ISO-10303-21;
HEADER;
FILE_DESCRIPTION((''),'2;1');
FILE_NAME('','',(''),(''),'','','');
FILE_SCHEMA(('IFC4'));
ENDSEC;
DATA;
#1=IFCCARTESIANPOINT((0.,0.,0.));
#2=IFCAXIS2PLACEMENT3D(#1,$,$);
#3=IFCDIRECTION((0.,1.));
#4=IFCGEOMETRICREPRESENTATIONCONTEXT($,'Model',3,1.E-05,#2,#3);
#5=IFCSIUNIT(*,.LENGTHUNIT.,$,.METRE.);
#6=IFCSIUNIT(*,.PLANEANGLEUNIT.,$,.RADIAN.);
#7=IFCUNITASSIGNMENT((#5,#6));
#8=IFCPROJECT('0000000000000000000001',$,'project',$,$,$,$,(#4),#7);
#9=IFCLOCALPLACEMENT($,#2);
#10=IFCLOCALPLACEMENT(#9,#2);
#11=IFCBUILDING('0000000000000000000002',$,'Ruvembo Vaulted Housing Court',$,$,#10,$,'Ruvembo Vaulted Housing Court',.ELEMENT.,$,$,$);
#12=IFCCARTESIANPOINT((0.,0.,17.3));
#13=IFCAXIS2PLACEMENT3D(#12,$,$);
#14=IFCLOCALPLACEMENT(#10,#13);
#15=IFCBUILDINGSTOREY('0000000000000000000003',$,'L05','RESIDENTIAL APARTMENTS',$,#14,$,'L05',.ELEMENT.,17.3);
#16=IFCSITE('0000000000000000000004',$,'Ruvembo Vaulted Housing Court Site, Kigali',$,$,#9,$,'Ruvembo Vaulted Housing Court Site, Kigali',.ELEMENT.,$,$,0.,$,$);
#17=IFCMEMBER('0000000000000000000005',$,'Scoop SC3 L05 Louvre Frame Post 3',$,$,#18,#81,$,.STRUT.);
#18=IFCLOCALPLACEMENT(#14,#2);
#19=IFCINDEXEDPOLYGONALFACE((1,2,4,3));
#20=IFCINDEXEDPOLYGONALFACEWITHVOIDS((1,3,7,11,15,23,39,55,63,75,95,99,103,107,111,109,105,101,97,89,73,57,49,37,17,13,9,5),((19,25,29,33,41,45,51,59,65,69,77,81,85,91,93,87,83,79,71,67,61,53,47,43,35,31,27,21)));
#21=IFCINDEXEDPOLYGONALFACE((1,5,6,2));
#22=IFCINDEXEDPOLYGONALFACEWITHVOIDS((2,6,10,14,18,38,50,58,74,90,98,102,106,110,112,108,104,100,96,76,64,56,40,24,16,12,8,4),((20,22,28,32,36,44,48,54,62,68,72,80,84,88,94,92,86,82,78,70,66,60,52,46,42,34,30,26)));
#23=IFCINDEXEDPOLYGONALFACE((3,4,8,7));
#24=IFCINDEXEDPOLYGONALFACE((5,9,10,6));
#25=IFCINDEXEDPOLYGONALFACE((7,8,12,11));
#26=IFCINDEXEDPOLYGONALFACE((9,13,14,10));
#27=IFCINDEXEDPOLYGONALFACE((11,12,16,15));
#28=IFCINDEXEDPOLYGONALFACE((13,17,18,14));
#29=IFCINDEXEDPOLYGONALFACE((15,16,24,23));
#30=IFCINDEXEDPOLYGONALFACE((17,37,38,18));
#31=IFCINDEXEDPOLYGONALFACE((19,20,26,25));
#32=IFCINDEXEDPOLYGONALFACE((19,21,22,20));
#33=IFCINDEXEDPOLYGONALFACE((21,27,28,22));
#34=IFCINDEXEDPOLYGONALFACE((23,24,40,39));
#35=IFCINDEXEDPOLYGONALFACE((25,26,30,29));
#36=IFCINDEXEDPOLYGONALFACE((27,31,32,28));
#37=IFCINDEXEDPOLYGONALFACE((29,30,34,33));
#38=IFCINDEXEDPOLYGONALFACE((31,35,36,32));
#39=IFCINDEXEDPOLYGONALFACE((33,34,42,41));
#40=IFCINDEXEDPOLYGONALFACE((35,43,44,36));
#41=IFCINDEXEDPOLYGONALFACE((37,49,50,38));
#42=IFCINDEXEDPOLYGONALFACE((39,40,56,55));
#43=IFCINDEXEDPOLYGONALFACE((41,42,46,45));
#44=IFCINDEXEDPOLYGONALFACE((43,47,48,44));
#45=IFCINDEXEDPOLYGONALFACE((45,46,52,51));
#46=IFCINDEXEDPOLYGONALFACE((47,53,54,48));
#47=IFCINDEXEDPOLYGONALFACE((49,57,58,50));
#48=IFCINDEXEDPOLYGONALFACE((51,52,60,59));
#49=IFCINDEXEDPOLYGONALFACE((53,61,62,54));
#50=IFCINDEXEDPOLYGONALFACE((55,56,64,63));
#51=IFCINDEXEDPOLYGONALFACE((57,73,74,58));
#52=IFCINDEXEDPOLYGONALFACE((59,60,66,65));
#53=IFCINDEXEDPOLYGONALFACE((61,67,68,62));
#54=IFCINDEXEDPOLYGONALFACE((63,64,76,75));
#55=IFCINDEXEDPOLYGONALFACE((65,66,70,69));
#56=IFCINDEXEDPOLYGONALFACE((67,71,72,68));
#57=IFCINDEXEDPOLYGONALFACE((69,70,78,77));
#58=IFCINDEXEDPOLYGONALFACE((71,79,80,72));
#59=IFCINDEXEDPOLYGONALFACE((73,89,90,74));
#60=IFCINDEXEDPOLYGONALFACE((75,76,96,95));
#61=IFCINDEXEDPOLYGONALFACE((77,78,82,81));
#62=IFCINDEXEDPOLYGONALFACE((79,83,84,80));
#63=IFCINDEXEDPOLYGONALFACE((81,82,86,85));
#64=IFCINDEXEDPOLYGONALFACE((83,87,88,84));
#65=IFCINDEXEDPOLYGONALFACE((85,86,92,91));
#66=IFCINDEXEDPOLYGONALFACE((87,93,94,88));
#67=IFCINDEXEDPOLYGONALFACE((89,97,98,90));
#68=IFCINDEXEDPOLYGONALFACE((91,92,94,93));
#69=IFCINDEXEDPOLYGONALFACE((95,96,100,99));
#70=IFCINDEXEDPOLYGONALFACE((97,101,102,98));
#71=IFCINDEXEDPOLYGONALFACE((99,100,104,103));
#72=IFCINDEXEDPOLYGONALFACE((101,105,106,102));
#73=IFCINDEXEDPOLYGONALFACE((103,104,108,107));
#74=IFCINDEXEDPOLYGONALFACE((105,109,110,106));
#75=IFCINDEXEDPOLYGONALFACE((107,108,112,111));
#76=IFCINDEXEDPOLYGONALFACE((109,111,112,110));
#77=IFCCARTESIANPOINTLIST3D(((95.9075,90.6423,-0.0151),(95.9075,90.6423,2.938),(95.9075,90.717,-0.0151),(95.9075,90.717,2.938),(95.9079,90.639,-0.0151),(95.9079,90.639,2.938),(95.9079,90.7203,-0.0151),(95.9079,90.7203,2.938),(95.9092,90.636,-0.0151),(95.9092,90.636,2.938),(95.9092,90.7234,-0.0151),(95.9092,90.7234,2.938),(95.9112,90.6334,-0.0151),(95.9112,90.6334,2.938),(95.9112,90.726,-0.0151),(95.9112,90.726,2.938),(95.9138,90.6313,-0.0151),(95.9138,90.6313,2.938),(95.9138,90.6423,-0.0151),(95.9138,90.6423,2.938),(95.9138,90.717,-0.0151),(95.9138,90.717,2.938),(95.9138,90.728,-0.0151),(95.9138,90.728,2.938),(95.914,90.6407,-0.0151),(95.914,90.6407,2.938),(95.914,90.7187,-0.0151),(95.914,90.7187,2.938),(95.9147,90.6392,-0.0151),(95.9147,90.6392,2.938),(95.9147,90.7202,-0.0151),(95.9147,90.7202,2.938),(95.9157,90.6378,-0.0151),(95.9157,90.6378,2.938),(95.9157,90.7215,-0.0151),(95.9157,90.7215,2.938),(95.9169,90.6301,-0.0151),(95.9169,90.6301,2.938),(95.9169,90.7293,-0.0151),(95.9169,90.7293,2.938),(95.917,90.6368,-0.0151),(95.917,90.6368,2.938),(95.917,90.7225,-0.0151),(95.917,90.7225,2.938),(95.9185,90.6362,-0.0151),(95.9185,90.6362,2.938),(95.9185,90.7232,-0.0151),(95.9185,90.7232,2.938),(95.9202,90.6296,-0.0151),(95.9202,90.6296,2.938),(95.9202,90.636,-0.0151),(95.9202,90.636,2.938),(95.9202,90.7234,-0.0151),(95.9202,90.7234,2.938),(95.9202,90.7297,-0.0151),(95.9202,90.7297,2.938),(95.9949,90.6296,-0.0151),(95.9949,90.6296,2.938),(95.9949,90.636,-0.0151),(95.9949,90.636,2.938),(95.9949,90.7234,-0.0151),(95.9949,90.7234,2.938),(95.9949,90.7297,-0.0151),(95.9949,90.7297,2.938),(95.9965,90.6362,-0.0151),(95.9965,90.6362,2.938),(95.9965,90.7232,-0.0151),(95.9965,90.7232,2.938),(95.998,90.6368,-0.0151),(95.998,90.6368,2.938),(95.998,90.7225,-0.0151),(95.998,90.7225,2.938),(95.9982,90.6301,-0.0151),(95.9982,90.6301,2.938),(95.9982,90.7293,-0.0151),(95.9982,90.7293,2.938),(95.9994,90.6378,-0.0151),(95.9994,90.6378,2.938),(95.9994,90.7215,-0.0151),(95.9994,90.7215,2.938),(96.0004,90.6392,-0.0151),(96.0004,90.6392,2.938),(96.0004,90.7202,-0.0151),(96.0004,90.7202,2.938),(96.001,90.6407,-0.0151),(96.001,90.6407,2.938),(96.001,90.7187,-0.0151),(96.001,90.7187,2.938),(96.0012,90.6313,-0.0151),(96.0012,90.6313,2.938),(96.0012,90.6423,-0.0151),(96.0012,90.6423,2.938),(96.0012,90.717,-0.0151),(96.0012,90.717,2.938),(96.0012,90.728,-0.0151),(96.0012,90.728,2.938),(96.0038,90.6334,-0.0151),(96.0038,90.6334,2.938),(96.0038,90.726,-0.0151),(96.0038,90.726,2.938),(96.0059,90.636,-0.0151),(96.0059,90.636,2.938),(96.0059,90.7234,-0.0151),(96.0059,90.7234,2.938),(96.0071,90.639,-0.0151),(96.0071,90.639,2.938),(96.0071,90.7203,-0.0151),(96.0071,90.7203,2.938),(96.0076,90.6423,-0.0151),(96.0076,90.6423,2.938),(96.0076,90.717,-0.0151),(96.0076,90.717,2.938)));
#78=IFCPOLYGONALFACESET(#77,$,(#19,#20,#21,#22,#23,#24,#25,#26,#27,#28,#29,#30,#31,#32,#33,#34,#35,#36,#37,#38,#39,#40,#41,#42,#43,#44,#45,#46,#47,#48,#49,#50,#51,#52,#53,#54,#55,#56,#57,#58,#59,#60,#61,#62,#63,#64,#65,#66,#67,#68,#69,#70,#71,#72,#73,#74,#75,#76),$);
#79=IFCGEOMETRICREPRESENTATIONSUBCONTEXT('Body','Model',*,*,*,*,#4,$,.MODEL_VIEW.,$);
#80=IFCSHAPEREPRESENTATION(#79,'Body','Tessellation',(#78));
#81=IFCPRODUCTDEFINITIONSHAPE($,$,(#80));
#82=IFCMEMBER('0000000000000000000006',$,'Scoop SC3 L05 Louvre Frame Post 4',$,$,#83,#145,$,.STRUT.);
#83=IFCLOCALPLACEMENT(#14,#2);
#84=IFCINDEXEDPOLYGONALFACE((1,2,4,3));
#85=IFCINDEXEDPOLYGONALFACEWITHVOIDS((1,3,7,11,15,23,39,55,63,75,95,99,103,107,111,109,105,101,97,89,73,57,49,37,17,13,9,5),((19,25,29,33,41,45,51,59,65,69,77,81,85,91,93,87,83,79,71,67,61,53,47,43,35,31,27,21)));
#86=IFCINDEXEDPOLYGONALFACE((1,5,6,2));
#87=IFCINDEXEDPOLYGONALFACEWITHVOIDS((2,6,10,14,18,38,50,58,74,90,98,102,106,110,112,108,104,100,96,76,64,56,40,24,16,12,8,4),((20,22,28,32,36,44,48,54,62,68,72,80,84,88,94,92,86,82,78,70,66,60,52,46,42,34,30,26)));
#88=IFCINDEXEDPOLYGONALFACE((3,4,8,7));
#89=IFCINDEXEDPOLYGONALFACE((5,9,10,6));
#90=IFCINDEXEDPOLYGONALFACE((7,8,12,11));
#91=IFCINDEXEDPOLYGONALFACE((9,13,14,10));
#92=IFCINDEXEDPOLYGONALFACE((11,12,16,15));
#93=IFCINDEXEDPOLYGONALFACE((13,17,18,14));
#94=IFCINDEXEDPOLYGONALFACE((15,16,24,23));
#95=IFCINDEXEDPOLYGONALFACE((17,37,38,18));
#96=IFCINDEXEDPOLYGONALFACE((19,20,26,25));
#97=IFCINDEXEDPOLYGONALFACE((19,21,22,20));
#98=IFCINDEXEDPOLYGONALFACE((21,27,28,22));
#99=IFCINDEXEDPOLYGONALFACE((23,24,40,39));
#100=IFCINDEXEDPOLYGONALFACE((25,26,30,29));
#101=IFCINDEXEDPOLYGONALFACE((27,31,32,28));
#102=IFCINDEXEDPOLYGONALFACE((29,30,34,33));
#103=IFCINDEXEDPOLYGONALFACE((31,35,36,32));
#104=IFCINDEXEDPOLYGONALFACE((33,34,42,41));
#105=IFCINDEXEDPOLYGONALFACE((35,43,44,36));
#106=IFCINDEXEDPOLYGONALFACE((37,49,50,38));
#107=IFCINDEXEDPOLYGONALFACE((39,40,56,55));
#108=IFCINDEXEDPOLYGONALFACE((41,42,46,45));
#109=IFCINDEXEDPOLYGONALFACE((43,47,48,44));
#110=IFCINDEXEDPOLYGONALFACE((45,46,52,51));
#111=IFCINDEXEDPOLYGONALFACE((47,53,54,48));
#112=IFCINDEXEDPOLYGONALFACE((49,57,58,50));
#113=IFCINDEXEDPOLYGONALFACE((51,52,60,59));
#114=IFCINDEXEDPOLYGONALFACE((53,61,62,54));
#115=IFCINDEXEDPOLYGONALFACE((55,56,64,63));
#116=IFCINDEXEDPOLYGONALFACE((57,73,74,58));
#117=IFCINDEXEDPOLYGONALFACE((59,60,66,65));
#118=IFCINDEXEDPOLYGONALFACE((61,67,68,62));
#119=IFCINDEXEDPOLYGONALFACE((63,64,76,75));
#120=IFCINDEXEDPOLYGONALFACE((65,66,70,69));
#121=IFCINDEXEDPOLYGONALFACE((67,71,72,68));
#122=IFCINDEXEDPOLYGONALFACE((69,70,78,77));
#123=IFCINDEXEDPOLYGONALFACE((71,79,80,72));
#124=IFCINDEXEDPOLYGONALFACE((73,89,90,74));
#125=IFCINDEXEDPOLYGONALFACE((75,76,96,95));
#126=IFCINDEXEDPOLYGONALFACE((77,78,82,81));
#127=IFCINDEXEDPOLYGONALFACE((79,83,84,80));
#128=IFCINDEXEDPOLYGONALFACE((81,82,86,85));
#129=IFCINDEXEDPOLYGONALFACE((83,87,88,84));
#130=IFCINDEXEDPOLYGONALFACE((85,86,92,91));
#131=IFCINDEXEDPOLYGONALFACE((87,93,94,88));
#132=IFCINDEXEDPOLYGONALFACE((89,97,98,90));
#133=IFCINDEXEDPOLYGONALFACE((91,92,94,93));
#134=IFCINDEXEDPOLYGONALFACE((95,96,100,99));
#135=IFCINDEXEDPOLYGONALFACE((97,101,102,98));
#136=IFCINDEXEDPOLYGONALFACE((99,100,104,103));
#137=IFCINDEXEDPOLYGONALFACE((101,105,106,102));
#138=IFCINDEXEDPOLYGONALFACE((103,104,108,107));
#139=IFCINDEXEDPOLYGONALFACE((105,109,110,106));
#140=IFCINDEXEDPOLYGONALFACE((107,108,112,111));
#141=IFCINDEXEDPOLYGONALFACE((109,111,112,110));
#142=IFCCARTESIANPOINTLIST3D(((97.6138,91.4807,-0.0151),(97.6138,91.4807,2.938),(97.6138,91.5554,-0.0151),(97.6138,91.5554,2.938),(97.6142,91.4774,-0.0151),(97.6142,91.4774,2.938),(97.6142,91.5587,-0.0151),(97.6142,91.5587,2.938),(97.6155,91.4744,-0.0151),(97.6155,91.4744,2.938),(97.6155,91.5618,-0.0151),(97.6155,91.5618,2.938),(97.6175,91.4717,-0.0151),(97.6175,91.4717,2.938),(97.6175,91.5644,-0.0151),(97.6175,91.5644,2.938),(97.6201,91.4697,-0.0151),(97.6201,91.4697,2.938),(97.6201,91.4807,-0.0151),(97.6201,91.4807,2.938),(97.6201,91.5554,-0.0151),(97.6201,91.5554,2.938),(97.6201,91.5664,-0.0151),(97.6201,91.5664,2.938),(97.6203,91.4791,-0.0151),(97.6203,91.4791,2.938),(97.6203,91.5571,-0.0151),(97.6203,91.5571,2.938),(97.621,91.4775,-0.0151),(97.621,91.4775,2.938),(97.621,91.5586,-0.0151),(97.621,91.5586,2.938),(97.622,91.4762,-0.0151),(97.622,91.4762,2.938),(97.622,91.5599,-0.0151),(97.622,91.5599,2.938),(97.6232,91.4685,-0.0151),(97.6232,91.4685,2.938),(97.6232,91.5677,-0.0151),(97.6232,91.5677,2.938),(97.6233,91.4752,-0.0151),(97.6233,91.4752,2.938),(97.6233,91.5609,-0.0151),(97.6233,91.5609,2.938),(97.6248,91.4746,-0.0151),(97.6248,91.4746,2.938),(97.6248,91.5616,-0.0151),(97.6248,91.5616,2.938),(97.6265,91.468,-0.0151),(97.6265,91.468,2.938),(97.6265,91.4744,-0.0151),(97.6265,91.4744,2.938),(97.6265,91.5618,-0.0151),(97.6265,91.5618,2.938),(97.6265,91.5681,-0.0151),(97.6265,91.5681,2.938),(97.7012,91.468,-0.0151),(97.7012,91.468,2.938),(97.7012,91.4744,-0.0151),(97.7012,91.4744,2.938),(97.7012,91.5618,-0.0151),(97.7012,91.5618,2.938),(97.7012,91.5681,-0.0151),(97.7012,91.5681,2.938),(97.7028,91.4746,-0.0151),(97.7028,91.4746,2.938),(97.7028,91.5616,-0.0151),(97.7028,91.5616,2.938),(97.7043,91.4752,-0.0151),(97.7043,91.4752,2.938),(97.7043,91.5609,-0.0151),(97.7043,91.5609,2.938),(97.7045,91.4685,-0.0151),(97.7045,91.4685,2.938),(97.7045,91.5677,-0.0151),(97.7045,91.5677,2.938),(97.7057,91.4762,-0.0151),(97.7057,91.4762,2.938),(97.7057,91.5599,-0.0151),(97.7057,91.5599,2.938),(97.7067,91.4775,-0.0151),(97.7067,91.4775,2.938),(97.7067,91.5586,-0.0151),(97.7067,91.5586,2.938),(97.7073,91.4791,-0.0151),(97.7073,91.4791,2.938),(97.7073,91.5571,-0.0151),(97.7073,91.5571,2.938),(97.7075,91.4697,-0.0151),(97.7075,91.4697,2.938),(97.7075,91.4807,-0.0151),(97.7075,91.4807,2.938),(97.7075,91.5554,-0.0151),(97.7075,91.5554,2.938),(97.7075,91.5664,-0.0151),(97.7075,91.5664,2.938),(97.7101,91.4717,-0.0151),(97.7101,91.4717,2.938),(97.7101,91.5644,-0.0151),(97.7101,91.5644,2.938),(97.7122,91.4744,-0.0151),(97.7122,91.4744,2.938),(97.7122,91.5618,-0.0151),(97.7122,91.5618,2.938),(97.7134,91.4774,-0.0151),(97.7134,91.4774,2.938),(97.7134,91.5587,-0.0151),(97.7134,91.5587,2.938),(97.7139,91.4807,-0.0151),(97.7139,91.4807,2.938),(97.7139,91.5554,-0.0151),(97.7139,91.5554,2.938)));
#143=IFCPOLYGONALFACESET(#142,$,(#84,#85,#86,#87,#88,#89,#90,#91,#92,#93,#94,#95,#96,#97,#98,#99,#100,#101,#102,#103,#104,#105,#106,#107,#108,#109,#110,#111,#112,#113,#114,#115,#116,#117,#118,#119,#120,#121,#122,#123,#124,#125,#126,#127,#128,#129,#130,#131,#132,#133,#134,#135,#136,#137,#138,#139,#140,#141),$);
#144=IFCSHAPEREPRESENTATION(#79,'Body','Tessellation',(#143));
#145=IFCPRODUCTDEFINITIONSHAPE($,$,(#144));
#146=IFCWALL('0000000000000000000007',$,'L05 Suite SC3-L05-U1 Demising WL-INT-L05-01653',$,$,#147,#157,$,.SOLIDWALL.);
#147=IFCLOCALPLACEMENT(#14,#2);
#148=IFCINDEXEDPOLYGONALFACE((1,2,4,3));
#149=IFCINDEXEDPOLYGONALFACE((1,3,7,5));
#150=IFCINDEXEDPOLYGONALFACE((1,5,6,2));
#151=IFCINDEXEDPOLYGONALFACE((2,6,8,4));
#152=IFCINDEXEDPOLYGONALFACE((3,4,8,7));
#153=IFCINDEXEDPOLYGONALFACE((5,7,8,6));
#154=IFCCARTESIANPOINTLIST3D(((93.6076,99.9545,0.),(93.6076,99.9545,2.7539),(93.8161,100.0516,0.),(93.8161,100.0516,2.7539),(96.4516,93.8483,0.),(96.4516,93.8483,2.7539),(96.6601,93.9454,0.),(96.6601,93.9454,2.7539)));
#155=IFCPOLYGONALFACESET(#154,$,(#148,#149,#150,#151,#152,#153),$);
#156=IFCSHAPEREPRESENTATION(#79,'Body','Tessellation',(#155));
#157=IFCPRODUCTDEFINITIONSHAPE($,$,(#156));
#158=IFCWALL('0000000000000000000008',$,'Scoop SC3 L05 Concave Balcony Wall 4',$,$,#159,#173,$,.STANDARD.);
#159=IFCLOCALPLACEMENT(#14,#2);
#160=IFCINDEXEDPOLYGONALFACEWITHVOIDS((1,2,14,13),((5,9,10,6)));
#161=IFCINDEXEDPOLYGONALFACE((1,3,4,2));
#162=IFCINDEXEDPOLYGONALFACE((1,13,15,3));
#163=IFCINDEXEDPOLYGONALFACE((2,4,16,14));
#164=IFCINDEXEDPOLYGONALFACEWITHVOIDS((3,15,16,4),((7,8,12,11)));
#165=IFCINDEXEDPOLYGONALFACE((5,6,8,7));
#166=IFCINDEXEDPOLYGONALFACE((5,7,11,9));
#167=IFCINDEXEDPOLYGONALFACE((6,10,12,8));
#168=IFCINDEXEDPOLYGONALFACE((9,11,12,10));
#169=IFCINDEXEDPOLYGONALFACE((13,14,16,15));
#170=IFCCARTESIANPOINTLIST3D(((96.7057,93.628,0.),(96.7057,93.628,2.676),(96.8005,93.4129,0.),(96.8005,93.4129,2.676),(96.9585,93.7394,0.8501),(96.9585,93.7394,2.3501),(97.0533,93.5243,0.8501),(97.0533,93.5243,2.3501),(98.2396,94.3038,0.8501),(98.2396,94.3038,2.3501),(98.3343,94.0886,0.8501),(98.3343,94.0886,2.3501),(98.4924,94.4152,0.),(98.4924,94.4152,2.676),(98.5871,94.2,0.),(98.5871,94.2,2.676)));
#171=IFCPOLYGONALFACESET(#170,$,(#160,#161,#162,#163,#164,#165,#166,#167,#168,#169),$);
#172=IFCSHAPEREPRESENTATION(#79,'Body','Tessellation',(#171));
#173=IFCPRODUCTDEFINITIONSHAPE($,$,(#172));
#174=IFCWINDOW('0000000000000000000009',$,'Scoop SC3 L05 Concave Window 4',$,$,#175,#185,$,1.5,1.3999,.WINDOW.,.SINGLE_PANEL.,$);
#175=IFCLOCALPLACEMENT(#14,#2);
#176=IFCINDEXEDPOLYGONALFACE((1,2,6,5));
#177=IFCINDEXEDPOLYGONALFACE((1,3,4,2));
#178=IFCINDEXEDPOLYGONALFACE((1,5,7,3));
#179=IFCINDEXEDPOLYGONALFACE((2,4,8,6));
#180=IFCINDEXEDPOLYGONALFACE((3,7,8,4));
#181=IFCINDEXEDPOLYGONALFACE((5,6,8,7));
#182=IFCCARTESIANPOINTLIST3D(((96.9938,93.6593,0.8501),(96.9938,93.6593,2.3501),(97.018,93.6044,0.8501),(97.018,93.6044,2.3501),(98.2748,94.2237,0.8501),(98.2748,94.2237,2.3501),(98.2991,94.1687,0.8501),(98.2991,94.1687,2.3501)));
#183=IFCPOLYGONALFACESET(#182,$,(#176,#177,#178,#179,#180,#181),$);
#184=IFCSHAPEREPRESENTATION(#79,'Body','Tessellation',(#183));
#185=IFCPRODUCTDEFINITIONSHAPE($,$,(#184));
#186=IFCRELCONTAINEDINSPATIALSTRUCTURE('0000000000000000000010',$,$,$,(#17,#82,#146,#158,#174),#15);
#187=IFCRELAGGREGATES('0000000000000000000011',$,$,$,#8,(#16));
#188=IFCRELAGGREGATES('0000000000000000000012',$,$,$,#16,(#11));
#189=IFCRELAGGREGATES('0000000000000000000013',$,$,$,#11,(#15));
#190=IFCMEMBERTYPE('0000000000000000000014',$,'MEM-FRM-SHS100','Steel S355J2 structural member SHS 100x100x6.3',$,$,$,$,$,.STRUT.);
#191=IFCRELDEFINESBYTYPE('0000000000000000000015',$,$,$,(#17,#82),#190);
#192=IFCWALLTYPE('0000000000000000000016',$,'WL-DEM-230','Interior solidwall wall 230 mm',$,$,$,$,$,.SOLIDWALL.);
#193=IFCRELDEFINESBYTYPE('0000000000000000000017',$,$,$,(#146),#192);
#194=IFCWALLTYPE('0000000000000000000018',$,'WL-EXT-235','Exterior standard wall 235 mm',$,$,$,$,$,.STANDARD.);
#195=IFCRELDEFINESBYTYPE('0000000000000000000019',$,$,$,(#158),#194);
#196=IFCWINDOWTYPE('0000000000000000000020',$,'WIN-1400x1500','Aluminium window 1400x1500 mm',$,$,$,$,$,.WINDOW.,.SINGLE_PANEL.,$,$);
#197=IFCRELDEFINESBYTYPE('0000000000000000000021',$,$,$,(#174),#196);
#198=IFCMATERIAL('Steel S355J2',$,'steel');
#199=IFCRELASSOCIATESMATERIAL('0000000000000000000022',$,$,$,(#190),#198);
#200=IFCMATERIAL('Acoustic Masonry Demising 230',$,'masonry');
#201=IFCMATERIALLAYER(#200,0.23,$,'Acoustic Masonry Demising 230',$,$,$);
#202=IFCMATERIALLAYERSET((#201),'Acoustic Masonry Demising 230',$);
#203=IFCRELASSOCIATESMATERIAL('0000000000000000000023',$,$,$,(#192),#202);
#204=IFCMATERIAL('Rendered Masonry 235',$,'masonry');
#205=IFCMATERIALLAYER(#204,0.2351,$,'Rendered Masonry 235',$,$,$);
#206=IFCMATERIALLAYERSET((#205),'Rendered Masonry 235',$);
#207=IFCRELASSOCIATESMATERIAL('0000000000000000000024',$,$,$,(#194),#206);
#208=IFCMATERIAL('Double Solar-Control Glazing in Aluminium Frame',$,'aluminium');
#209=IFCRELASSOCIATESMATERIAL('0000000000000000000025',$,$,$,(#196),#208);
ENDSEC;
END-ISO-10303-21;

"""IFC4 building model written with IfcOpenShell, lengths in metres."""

from ifc_helpers import new_model, si_unit, direction, frame, frame_2d, origin, origin_2d, place, context, subcontext, project, spatial, rectangle, hollow_rectangle, extrude, material, layer, layer_set, material_profile, profile_set, type_object, element, fill, save


model = new_model("IFC4")

# Units and contexts
model_context = context("Model", 3, precision=1e-05, world=origin(), true_north=direction((0.0, 1.0)))
body_context = subcontext(model_context, "Body", "Model", "MODEL_VIEW")
ifc_project = project(units=[si_unit("LENGTHUNIT", "METRE"), si_unit("PLANEANGLEUNIT", "RADIAN")], contexts=[model_context])

# Site, building, storey
site_placement = place(None, origin())
site = spatial("IfcSite", under=ifc_project, at=site_placement, Name="Ruvembo Vaulted Housing Court Site, Kigali", LongName="Ruvembo Vaulted Housing Court Site, Kigali", CompositionType="ELEMENT", RefElevation=0.0)
building_placement = place(site_placement, origin())
building = spatial("IfcBuilding", under=site, at=building_placement, Name="Ruvembo Vaulted Housing Court", LongName="Ruvembo Vaulted Housing Court", CompositionType="ELEMENT")
storey_placement = place(building_placement, frame((0.0, 0.0, 17.3)))
storey = spatial("IfcBuildingStorey", under=building, at=storey_placement, Name="L05", Description="RESIDENTIAL APARTMENTS", LongName="L05", CompositionType="ELEMENT", Elevation=17.3)

# Shared definitions
ifc_material_1 = material(Name="Steel S355J2", Category="steel")

# Members
ifc_material_profile_1 = material_profile(ifc_material_1, hollow_rectangle(XDim=0.1001, YDim=0.1001, WallThickness=0.0063, InnerFilletRadius=0.0063, OuterFilletRadius=0.0127, at=origin_2d()), Name="SHS 100x100x6.3")
ifc_profile_set_1 = profile_set([ifc_material_profile_1], Name="Steel S355J2")
member_type_1 = type_object("IfcMemberType", Name="MEM-FRM-SHS100", Description="Steel S355J2 structural member SHS 100x100x6.3", PredefinedType="STRUT", material=ifc_profile_set_1)
for number, where, z_axis, x_axis, name in (
    (1, (95.9575, 90.6797, -0.0151), (0.0, 0.0, 1.0), (1.0, 0.0, 0.0), "Scoop SC3 L05 Louvre Frame Post 3"),
    (2, (97.6638, 91.5181, -0.0151), (0.0, 0.0, 1.0), (1.0, 0.0, 0.0), "Scoop SC3 L05 Louvre Frame Post 4"),
):
    element("IfcMember", number, at=place(storey_placement, frame(where, z_axis=z_axis, x_axis=x_axis)), inside=storey, type_object=member_type_1, Name=name, PredefinedType="STRUT", context=body_context, shape_type="SweptSolid", body=[
        extrude(hollow_rectangle(XDim=0.1001, YDim=0.1001, WallThickness=0.0063, InnerFilletRadius=0.0063, OuterFilletRadius=0.0127, at=origin_2d()), origin(), (0.0, 0.0, 1.0), 2.9531),
    ])

# Wall
ifc_material_2 = material(Name="Acoustic Masonry Demising 230", Category="masonry")
ifc_layer_1 = layer(ifc_material_2, 0.23, Name="Acoustic Masonry Demising 230")
ifc_layer_set_1 = layer_set([ifc_layer_1], Name="Acoustic Masonry Demising 230")
wall_type_1 = type_object("IfcWallType", Name="WL-DEM-230", Description="Interior solidwall wall 230 mm", PredefinedType="SOLIDWALL", material=ifc_layer_set_1)
wall_1_placement = place(storey_placement, frame((96.5559, 93.8967, 0.0), z_axis=(0.0, 0.0, 1.0), x_axis=(-0.422207, 0.9065, 0.0)))
element("IfcWall", 3, at=wall_1_placement, inside=storey, type_object=wall_type_1, Name="L05 Suite SC3-L05-U1 Demising WL-INT-L05-01653", PredefinedType="SOLIDWALL", context=body_context, shape_type="SweptSolid", body=[
    extrude(rectangle(XDim=6.7361, YDim=0.23, at=frame_2d((3.3682, 0.0))), origin(), (0.0, 0.0, 1.0), 2.7539),
])

# Shared definitions
ifc_material_3 = material(Name="Rendered Masonry 235", Category="masonry")
ifc_layer_2 = layer(ifc_material_3, 0.2351, Name="Rendered Masonry 235")
ifc_layer_set_2 = layer_set([ifc_layer_2], Name="Rendered Masonry 235")
wall_type_2 = type_object("IfcWallType", Name="WL-EXT-235", Description="Exterior standard wall 235 mm", PredefinedType="STANDARD", material=ifc_layer_set_2)

# Wall, opening, window
wall_2_placement = place(storey_placement, frame((96.7532, 93.5205, 0.0), z_axis=(0.0, 0.0, 1.0), x_axis=(0.915127, 0.403166, 0.0)))
wall_2 = element("IfcWall", 4, at=wall_2_placement, inside=storey, type_object=wall_type_2, Name="Scoop SC3 L05 Concave Balcony Wall 4", PredefinedType="STANDARD", context=body_context, shape_type="SweptSolid", body=[
    extrude(rectangle(XDim=1.9524, YDim=0.2351, at=frame_2d((0.9761, 0.0))), origin(), (0.0, 0.0, 1.0), 2.676),
])
opening_1_placement = place(wall_2_placement, frame((0.2761, 0.0, 0.8501)))
opening_1 = element("IfcOpeningElement", 5, at=opening_1_placement, cuts=wall_2, PredefinedType="OPENING", context=body_context, shape_type="SweptSolid", body=[
    extrude(rectangle(XDim=1.3999, YDim=1.5, at=frame_2d((0.7, 0.75))), frame((0.0, 0.1274, 0.0), z_axis=(0.0, -1.0, 0.0), x_axis=(1.0, 0.0, 0.0)), (0.0, 0.0, 1.0), 0.2551),
])
ifc_material_4 = material(Name="Double Solar-Control Glazing in Aluminium Frame", Category="aluminium")
window_type = type_object("IfcWindowType", Name="WIN-1400x1500", Description="Aluminium window 1400x1500 mm", PartitioningType="SINGLE_PANEL", PredefinedType="WINDOW", material=ifc_material_4)
window_placement = place(opening_1_placement, origin())
window = element("IfcWindow", 6, at=window_placement, inside=storey, type_object=window_type, Name="Scoop SC3 L05 Concave Window 4", OverallHeight=1.5, OverallWidth=1.3999, PartitioningType="SINGLE_PANEL", PredefinedType="WINDOW", context=body_context, shape_type="SweptSolid", body=[
    extrude(rectangle(XDim=1.3999, YDim=1.5, at=frame_2d((0.7, 0.75))), frame((0.0, 0.03, 0.0), z_axis=(0.0, -1.0, 0.0), x_axis=(1.0, 0.0, 0.0)), (0.0, 0.0, 1.0), 0.0601),
])
fill(opening_1, window)

save(model, "model.ifc")
